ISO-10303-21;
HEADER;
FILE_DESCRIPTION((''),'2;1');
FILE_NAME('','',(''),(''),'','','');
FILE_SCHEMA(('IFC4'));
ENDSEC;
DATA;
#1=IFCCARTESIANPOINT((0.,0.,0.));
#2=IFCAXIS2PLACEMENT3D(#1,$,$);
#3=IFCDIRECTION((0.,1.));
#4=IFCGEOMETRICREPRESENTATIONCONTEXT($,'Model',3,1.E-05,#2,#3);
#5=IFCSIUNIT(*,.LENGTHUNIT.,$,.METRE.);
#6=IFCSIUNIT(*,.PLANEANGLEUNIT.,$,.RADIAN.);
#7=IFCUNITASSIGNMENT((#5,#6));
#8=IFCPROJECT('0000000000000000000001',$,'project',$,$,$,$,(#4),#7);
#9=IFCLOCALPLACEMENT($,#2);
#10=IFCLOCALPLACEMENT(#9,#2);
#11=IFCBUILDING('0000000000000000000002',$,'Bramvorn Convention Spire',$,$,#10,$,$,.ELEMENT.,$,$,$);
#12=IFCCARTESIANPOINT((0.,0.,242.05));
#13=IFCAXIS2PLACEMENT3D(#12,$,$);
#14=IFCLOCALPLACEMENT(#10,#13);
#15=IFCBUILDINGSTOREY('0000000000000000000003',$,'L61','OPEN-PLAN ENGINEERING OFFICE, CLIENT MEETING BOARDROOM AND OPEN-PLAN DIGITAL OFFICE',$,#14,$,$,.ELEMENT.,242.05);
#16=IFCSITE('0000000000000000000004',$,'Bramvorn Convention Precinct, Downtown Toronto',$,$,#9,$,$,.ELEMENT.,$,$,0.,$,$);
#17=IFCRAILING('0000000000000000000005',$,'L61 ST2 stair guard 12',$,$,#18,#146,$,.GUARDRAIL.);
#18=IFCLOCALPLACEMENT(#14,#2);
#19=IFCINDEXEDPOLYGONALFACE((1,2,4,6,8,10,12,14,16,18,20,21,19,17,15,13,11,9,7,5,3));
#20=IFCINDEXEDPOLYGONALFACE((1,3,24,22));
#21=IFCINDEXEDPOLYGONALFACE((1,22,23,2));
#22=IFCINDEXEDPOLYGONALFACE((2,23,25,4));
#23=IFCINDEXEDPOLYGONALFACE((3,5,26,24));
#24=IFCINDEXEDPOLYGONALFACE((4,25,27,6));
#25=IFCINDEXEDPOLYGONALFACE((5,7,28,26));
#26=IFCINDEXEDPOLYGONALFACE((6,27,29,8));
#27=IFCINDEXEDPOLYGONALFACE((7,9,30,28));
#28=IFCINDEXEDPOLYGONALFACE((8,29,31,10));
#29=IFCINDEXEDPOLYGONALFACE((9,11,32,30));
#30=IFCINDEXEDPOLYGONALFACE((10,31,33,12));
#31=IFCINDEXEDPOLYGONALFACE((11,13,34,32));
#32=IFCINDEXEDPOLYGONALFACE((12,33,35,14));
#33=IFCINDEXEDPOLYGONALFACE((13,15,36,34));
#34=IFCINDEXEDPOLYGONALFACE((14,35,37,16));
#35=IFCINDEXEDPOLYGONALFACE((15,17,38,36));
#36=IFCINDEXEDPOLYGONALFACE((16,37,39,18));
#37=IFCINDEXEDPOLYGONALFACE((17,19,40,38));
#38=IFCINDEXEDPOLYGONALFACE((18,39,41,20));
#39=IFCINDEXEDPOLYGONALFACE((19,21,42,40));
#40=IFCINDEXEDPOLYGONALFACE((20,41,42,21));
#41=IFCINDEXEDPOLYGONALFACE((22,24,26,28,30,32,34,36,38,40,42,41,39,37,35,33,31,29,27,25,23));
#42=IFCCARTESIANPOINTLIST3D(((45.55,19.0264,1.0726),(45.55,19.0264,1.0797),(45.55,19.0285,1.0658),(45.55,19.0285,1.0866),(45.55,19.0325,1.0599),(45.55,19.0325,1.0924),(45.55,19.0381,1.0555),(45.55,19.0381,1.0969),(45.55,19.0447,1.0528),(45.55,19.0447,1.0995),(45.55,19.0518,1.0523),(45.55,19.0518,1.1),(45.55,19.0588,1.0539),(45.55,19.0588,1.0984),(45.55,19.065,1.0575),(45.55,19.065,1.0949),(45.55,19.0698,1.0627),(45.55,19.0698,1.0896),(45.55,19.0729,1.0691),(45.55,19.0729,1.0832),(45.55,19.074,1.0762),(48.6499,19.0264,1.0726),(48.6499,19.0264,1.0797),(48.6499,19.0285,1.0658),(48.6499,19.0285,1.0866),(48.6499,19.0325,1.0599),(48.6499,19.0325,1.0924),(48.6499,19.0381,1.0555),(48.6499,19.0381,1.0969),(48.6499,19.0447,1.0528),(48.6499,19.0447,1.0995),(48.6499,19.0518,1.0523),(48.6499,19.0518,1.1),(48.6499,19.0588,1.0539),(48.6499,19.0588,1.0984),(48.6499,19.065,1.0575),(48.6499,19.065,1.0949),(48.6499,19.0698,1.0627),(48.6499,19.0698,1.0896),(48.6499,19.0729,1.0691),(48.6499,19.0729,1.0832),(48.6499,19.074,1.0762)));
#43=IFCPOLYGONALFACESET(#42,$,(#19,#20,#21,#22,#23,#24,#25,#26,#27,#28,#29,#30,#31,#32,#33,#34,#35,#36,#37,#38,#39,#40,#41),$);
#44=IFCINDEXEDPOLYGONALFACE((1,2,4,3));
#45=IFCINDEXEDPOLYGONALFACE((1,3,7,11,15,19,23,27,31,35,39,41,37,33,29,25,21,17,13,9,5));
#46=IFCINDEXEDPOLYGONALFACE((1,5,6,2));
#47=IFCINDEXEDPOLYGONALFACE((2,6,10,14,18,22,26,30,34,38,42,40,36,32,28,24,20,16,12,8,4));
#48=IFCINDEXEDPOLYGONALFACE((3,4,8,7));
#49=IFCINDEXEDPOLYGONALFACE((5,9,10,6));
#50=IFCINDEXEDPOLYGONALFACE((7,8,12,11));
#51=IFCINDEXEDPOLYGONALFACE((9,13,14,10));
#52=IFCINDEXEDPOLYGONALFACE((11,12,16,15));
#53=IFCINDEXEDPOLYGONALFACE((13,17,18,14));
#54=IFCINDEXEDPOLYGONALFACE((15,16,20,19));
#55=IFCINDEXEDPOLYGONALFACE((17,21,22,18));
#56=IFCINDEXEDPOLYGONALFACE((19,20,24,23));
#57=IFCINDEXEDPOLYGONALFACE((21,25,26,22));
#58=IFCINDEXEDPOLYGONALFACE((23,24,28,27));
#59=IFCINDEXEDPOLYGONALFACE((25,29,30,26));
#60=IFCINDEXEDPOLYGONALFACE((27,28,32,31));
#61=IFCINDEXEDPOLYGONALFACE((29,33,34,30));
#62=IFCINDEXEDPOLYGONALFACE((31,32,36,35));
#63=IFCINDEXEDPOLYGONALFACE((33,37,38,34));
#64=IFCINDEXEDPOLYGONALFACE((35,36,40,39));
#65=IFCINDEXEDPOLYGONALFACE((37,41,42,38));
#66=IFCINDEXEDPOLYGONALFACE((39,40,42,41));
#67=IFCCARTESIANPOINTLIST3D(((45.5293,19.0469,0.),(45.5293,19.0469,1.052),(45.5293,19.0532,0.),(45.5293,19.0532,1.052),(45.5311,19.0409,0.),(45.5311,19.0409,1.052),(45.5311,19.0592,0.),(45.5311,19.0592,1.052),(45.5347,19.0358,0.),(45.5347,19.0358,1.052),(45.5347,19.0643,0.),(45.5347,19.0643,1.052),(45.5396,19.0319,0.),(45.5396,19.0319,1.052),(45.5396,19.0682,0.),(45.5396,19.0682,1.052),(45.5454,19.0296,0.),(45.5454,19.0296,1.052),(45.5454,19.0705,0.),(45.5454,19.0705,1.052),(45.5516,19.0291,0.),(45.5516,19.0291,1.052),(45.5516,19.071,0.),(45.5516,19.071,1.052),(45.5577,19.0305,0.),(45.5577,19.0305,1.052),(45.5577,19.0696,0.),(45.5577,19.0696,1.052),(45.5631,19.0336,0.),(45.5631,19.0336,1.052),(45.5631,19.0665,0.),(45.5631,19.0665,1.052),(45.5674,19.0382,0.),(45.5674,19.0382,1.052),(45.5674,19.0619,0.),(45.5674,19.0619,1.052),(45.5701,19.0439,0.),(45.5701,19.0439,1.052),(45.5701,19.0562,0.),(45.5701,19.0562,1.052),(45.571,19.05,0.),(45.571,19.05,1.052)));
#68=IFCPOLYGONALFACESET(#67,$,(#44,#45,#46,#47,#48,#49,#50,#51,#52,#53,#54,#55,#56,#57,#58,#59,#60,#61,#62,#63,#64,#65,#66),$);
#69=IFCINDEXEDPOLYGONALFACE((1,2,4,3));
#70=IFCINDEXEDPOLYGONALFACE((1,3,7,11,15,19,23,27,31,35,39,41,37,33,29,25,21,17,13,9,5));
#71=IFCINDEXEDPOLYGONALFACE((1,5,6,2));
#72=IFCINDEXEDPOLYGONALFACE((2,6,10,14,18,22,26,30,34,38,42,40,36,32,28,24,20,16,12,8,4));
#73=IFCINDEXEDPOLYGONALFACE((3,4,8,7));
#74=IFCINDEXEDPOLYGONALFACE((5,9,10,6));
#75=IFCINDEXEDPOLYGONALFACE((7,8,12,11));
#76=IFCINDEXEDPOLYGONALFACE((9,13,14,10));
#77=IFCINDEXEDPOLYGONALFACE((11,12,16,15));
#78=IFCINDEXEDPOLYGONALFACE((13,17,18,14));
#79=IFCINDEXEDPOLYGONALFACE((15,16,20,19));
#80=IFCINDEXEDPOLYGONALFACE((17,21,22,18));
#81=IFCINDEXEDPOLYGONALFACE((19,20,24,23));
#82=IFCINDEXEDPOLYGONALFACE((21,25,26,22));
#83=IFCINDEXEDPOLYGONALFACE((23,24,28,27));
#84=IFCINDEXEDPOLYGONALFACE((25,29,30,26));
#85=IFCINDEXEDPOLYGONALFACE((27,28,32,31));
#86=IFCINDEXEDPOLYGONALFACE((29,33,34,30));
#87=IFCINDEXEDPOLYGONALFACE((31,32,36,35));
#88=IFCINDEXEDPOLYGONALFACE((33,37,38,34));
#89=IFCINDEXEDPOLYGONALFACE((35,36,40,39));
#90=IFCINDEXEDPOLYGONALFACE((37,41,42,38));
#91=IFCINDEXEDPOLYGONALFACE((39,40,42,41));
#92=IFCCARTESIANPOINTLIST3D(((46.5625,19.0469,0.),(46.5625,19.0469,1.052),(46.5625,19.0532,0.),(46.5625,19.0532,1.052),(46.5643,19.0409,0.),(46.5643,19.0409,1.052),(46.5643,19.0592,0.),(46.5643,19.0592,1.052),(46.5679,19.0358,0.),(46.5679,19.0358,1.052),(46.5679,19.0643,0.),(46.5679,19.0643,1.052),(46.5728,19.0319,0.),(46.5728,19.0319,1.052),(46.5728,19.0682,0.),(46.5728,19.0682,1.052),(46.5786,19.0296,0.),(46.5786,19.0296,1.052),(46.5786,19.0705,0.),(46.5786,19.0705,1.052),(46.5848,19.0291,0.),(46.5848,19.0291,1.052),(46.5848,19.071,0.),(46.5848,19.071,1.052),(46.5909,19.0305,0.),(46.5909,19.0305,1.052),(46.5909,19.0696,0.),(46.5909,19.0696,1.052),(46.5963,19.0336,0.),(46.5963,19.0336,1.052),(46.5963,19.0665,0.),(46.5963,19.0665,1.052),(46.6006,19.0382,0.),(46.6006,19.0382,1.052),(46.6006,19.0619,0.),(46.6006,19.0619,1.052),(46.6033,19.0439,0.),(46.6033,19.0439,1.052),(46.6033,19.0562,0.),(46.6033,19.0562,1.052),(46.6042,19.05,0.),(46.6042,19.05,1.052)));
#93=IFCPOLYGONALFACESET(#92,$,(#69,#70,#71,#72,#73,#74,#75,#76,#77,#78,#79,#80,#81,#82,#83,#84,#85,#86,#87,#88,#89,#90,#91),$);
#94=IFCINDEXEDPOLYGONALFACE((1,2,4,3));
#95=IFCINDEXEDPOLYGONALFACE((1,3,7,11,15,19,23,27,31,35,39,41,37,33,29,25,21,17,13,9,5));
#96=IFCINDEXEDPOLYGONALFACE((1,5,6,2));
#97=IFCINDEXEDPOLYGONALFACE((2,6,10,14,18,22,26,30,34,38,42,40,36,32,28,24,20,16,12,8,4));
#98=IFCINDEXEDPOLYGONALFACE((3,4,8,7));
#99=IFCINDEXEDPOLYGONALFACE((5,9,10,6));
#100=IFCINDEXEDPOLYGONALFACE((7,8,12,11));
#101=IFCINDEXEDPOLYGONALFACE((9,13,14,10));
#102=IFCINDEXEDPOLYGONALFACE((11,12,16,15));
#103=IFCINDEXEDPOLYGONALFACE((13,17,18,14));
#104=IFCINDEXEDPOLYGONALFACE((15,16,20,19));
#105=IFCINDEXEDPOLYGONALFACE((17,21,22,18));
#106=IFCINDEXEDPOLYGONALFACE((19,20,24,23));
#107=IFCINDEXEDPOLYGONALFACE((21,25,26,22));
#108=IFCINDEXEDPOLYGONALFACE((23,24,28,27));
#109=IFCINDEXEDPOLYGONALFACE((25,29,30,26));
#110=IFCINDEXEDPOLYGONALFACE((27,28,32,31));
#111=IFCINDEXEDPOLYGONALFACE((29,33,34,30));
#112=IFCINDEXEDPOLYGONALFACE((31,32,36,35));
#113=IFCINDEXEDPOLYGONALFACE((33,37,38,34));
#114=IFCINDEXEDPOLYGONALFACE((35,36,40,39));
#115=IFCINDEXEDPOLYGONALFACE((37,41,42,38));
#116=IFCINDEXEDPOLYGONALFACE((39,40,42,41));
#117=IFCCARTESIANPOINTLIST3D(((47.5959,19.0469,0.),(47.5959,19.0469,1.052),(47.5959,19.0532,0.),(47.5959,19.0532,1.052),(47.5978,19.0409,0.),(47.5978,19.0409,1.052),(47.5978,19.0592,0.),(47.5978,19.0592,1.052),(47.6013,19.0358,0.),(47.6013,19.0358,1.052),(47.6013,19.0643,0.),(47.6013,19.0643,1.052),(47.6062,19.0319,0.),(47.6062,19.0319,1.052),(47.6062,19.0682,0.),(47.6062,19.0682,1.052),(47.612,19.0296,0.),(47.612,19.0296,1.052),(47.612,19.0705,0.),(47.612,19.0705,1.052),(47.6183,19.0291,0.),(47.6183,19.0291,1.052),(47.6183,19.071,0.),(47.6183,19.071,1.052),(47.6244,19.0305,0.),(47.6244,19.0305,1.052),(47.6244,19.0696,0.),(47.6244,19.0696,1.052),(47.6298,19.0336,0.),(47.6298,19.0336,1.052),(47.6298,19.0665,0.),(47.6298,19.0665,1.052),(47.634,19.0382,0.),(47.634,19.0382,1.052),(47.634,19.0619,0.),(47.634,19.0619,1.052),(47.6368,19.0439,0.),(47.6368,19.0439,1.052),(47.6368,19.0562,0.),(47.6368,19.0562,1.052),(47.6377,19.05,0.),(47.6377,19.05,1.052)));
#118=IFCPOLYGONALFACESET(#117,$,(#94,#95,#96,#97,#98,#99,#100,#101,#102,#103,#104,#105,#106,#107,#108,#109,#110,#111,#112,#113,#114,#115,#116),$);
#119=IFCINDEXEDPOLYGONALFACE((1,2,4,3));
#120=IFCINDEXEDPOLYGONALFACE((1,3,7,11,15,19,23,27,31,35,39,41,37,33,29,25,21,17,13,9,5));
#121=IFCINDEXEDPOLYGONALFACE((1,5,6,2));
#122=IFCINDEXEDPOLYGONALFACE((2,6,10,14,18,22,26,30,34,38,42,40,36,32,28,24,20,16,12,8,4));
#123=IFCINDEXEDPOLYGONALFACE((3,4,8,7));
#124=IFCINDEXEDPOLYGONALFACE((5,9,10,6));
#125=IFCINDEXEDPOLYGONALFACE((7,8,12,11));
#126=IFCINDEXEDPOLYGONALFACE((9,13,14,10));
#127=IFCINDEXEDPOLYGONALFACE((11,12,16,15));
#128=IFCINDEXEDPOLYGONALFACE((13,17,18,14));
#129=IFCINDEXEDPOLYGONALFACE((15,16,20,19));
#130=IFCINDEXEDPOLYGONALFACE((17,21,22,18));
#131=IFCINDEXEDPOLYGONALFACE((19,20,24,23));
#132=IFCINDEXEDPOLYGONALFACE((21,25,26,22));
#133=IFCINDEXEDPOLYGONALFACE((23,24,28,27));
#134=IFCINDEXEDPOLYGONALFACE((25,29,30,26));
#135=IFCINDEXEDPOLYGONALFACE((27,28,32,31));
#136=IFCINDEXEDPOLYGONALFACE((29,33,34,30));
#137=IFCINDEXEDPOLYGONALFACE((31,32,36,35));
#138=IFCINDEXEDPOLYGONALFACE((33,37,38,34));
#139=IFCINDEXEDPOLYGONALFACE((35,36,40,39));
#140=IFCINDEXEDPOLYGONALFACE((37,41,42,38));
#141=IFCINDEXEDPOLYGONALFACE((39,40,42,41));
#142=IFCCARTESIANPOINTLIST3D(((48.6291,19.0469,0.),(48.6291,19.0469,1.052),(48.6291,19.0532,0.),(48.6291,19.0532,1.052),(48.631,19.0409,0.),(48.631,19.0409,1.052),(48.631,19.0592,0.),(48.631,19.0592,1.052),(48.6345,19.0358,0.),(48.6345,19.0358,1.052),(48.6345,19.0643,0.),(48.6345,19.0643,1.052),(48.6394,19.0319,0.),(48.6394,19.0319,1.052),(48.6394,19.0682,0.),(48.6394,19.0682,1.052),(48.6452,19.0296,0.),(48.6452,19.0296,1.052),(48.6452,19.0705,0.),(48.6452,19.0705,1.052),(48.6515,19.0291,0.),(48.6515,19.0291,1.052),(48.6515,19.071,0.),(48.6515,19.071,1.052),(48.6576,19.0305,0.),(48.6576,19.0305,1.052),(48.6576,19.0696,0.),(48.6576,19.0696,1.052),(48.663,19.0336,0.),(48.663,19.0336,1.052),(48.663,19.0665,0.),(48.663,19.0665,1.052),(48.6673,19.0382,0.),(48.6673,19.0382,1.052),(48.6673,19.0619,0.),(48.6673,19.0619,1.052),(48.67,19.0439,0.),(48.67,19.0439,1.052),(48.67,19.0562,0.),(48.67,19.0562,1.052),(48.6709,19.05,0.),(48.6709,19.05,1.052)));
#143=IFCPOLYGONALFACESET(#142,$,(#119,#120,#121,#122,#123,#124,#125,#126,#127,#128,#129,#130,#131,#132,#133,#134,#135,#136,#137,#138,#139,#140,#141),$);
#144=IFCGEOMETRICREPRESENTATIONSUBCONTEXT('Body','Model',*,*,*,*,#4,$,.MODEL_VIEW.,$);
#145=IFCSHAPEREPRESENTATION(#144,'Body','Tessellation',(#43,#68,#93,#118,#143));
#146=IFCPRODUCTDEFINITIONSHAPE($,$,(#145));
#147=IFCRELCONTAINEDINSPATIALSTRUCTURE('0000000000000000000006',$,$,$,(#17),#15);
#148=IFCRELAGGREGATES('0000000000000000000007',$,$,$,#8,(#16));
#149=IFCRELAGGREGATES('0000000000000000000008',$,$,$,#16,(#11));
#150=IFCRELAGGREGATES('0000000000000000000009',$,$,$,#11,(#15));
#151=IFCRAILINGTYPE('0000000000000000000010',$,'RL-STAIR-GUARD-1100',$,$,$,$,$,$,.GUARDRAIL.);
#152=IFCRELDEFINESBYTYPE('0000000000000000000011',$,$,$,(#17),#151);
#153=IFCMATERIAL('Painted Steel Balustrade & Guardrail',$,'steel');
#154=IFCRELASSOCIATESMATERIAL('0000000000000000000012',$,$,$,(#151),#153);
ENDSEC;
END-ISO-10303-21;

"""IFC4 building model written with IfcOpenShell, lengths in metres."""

from ifc_helpers import new_model, si_unit, direction, frame, origin, origin_2d, place, context, subcontext, project, spatial, circle, extrude, material, type_object, element, save


model = new_model("IFC4")

# Units and contexts
model_context = context("Model", 3, precision=1e-05, world=origin(), true_north=direction((0.0, 1.0)))
body_context = subcontext(model_context, "Body", "Model", "MODEL_VIEW")
ifc_project = project(units=[si_unit("LENGTHUNIT", "METRE"), si_unit("PLANEANGLEUNIT", "RADIAN")], contexts=[model_context])

# Site, building, storey
site_placement = place(None, origin())
site = spatial("IfcSite", under=ifc_project, at=site_placement, Name="Bramvorn Convention Precinct, Downtown Toronto", CompositionType="ELEMENT", RefElevation=0.0)
building_placement = place(site_placement, origin())
building = spatial("IfcBuilding", under=site, at=building_placement, Name="Bramvorn Convention Spire", CompositionType="ELEMENT")
storey_placement = place(building_placement, frame((0.0, 0.0, 242.05)))
storey = spatial("IfcBuildingStorey", under=building, at=storey_placement, Name="L61", Description="OPEN-PLAN ENGINEERING OFFICE, CLIENT MEETING BOARDROOM AND OPEN-PLAN DIGITAL OFFICE", CompositionType="ELEMENT", Elevation=242.05)

# Railing
ifc_material_1 = material(Name="Painted Steel Balustrade & Guardrail", Category="steel")
railing_type_1 = type_object("IfcRailingType", Name="RL-STAIR-GUARD-1100", PredefinedType="GUARDRAIL", material=ifc_material_1)
railing_1_placement = place(storey_placement, frame((45.55, 19.05, 0.0)))
element("IfcRailing", 1, at=railing_1_placement, inside=storey, type_object=railing_type_1, Name="L61 ST2 stair guard 12", PredefinedType="GUARDRAIL", context=body_context, shape_type="SweptSolid", body=[
    extrude(circle(Radius=0.0239, at=origin_2d()), frame((0.0, 0.0, 1.0762), z_axis=(1.0, 0.0, 0.0), x_axis=(0.0, 1.0, 0.0)), (0.0, 0.0, 1.0), 3.0999),
    extrude(circle(Radius=0.021, at=origin_2d()), origin(), (0.0, 0.0, 1.0), 1.052),
    extrude(circle(Radius=0.021, at=origin_2d()), frame((1.0332, 0.0, 0.0)), (0.0, 0.0, 1.0), 1.052),
    extrude(circle(Radius=0.021, at=origin_2d()), frame((2.0667, 0.0, 0.0)), (0.0, 0.0, 1.0), 1.052),
    extrude(circle(Radius=0.021, at=origin_2d()), frame((3.0999, 0.0, 0.0)), (0.0, 0.0, 1.0), 1.052),
])

save(model, "model.ifc")
